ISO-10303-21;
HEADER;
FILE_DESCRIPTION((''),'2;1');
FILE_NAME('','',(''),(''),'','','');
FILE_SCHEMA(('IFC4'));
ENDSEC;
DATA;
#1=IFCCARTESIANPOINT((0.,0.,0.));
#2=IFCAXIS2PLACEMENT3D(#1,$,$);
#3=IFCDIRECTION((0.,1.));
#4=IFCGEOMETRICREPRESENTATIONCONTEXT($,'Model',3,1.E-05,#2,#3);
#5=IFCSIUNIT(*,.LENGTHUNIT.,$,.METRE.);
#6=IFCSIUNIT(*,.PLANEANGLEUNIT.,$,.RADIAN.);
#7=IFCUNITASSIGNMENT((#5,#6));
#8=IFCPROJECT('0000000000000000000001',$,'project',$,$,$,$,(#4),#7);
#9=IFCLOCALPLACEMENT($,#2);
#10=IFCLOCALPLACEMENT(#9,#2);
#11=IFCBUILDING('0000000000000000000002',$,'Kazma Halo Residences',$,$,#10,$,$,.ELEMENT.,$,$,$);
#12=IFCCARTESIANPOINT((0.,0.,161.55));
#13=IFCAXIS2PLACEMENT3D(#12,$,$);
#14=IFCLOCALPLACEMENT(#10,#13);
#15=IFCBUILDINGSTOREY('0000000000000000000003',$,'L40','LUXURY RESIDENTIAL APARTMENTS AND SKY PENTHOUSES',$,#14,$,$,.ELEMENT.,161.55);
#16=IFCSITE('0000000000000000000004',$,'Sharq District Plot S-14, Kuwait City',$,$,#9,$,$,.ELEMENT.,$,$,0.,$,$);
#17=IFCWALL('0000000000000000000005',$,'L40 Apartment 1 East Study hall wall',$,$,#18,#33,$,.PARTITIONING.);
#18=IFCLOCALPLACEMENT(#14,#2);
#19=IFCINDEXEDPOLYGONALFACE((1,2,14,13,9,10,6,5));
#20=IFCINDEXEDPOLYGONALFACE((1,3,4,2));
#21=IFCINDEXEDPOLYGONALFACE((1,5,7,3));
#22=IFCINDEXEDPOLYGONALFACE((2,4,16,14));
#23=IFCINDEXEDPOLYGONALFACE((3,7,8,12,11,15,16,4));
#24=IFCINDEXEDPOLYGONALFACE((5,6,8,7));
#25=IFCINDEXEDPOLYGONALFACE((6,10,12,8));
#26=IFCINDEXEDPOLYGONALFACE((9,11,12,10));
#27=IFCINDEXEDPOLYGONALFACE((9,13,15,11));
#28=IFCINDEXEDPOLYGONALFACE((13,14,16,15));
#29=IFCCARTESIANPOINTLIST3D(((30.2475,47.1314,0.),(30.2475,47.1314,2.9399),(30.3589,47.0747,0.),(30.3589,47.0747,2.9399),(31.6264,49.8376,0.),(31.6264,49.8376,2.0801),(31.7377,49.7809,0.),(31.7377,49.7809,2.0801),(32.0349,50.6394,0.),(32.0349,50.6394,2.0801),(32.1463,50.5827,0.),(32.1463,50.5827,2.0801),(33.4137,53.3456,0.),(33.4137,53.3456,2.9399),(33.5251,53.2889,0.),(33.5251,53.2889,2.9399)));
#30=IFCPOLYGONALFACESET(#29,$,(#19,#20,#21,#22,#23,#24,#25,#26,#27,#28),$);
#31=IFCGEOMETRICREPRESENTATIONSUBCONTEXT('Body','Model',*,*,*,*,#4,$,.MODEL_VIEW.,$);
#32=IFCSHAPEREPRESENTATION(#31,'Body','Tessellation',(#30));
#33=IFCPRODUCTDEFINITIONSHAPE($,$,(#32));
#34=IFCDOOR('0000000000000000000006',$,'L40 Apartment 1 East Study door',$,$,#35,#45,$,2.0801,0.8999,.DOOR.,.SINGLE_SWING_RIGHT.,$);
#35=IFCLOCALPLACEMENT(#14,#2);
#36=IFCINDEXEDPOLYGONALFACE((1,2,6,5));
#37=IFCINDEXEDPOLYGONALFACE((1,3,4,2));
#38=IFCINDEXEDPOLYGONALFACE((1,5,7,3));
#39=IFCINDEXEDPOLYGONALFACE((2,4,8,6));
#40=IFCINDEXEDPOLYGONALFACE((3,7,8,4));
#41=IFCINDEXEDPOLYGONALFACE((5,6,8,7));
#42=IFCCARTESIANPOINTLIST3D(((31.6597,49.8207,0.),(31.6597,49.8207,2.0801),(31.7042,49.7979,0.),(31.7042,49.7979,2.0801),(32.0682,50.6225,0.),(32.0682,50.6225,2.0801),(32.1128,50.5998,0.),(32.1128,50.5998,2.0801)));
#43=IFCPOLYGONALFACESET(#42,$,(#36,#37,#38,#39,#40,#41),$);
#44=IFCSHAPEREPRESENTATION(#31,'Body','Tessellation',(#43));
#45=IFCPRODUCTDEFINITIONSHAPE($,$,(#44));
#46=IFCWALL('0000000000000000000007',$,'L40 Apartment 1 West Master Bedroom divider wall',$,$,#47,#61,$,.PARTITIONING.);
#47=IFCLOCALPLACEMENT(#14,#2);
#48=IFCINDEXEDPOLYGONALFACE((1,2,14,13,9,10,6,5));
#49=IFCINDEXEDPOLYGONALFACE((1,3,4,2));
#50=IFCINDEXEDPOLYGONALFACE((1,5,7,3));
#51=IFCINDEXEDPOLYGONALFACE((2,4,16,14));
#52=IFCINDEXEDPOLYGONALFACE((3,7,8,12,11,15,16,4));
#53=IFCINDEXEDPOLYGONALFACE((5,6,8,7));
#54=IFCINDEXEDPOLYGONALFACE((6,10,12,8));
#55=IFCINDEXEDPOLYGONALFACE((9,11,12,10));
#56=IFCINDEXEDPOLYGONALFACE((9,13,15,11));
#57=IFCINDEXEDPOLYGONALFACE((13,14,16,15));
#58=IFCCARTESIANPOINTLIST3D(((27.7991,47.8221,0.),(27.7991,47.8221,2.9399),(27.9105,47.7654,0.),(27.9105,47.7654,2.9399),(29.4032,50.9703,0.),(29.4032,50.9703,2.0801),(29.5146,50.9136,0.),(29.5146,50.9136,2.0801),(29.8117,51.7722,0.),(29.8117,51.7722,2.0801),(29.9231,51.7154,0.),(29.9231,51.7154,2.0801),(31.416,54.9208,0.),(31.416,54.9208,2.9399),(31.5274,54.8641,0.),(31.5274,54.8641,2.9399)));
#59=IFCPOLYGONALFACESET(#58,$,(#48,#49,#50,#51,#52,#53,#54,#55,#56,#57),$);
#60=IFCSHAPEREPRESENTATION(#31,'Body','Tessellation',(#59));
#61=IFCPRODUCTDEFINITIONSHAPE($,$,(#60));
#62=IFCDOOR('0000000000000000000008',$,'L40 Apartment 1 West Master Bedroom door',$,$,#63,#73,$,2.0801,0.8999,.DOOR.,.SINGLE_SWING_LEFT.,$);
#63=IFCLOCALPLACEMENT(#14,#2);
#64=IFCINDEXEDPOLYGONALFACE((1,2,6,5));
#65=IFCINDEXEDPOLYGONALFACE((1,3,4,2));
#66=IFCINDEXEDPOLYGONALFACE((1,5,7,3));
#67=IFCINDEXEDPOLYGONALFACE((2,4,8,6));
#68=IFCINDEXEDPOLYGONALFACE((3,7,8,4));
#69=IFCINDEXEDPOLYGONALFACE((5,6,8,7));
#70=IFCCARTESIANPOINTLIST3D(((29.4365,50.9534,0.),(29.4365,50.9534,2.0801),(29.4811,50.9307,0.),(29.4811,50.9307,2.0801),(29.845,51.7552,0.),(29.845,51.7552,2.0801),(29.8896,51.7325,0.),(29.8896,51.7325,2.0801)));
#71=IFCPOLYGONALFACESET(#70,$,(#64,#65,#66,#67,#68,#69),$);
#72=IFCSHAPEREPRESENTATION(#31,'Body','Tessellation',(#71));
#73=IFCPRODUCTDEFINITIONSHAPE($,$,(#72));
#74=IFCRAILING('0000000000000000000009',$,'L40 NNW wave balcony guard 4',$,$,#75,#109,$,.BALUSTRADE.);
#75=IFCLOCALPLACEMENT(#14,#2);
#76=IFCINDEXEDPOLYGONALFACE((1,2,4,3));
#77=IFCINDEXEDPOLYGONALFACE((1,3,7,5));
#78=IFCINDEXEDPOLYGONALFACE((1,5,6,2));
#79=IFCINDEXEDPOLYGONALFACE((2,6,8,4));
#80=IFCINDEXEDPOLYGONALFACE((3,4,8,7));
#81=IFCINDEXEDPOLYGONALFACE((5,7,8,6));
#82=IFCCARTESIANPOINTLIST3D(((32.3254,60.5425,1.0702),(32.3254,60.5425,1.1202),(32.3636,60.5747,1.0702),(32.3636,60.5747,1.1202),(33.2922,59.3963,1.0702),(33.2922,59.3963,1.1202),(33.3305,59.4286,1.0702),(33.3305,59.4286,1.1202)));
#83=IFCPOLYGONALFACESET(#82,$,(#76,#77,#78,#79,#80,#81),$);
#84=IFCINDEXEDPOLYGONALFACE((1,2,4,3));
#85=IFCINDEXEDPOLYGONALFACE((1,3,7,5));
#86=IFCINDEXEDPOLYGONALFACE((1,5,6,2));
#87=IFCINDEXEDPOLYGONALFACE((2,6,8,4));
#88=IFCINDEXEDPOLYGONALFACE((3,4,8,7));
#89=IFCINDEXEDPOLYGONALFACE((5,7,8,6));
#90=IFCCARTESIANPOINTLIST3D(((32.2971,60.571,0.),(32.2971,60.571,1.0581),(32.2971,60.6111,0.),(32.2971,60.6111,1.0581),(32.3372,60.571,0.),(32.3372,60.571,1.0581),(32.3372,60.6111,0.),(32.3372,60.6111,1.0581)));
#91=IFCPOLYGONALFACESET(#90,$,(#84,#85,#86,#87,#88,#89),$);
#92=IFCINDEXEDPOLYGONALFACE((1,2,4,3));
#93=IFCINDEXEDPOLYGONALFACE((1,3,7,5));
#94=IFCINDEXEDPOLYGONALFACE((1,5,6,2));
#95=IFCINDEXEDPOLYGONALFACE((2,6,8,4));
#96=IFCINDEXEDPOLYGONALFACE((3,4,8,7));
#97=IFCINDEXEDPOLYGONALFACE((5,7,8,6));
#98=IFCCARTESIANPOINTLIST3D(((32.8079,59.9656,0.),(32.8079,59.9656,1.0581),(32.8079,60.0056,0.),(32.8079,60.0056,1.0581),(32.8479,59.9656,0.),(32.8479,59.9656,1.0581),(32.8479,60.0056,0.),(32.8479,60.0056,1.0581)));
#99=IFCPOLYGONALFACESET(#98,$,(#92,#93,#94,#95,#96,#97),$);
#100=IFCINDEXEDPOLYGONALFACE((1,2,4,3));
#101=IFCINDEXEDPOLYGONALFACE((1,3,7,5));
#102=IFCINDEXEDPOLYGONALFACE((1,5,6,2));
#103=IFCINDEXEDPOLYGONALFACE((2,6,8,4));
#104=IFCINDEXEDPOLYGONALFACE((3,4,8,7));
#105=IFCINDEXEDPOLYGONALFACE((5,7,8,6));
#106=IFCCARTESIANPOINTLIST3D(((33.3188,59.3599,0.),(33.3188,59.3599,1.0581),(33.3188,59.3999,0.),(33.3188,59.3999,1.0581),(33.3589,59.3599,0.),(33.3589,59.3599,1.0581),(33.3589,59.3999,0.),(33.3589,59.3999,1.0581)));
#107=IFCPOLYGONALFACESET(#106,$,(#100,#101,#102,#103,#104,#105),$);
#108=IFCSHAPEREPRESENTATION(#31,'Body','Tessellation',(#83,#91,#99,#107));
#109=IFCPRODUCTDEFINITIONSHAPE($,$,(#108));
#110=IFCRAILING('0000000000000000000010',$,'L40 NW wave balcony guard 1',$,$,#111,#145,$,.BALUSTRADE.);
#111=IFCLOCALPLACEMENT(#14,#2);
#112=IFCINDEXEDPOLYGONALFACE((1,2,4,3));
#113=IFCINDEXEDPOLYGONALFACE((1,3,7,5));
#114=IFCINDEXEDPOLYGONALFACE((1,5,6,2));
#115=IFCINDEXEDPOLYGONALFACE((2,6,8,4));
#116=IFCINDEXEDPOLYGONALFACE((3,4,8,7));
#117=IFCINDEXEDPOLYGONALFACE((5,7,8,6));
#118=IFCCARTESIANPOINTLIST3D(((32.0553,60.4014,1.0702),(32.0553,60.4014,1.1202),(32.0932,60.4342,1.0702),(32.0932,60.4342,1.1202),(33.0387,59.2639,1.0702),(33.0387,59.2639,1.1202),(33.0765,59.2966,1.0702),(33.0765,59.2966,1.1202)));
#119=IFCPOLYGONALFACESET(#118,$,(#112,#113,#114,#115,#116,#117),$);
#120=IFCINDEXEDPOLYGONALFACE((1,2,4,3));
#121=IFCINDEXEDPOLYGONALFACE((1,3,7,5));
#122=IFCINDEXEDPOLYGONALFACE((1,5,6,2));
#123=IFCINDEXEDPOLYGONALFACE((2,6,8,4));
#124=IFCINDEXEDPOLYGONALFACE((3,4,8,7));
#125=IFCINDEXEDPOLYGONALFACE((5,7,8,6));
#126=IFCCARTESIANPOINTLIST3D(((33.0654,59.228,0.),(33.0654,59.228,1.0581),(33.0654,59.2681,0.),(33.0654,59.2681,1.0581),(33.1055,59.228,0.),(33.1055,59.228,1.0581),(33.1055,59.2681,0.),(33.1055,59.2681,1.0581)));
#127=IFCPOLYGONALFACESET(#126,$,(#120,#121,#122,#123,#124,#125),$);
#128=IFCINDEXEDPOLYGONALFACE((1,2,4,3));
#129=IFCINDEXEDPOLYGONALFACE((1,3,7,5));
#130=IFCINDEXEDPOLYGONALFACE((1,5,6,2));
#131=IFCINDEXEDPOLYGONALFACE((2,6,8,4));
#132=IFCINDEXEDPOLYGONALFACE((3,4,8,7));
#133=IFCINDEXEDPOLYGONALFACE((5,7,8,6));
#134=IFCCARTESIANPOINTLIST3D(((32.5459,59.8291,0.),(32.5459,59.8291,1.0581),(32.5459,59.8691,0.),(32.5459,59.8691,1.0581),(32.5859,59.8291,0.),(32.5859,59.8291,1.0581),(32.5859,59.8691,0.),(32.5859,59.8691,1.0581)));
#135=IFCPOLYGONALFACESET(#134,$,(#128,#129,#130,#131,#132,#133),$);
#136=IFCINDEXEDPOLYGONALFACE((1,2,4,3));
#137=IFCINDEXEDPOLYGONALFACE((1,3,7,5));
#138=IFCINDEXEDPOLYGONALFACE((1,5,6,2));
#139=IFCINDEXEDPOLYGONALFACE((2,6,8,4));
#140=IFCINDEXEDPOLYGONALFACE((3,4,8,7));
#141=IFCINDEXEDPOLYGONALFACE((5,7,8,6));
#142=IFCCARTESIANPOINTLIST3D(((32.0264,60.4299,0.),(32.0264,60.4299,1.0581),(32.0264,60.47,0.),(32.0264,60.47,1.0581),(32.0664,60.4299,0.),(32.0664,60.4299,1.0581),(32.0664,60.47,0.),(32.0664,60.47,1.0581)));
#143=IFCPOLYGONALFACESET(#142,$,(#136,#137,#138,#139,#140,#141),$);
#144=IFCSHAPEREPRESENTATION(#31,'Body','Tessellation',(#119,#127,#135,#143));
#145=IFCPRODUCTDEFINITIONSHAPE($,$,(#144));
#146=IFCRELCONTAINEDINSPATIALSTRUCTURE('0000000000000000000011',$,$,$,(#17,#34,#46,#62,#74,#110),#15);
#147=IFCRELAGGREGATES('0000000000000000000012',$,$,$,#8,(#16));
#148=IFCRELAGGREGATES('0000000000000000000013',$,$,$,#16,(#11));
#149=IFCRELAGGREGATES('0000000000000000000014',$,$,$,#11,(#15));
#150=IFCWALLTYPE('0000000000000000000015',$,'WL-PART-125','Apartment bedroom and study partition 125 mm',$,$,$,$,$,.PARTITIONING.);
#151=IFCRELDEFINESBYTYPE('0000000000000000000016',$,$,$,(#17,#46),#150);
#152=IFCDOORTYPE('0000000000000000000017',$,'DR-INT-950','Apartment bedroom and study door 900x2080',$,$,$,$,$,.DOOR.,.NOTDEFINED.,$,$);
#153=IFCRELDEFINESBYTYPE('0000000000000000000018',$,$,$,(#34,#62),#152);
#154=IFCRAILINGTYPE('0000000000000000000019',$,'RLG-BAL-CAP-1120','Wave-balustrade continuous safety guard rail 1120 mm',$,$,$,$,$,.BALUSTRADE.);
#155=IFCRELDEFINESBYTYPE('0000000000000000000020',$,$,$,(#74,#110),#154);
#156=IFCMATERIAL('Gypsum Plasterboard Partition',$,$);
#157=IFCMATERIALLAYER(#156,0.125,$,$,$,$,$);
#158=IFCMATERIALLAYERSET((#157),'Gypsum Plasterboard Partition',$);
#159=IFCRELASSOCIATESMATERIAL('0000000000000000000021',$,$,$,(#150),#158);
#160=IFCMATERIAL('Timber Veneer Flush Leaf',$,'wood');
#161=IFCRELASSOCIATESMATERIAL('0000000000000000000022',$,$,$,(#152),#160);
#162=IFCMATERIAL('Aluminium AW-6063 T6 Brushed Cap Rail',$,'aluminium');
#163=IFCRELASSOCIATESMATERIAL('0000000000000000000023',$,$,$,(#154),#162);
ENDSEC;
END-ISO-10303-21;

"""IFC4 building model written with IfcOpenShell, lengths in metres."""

from ifc_helpers import new_model, si_unit, direction, frame, frame_2d, origin, origin_2d, place, context, subcontext, project, spatial, rectangle, extrude, material, layer, layer_set, type_object, element, fill, save


model = new_model("IFC4")

# Units and contexts
model_context = context("Model", 3, precision=1e-05, world=origin(), true_north=direction((0.0, 1.0)))
body_context = subcontext(model_context, "Body", "Model", "MODEL_VIEW")
ifc_project = project(units=[si_unit("LENGTHUNIT", "METRE"), si_unit("PLANEANGLEUNIT", "RADIAN")], contexts=[model_context])

# Site, building, storey
site_placement = place(None, origin())
site = spatial("IfcSite", under=ifc_project, at=site_placement, Name="Sharq District Plot S-14, Kuwait City", CompositionType="ELEMENT", RefElevation=0.0)
building_placement = place(site_placement, origin())
building = spatial("IfcBuilding", under=site, at=building_placement, Name="Kazma Halo Residences", CompositionType="ELEMENT")
storey_placement = place(building_placement, frame((0.0, 0.0, 161.55)))
storey = spatial("IfcBuildingStorey", under=building, at=storey_placement, Name="L40", Description="LUXURY RESIDENTIAL APARTMENTS AND SKY PENTHOUSES", CompositionType="ELEMENT", Elevation=161.55)

# Shared definitions
ifc_material_1 = material(Name="Gypsum Plasterboard Partition")
ifc_layer_1 = layer(ifc_material_1, 0.125)
ifc_layer_set_1 = layer_set([ifc_layer_1], Name="Gypsum Plasterboard Partition")
wall_type_1 = type_object("IfcWallType", Name="WL-PART-125", Description="Apartment bedroom and study partition 125 mm", PredefinedType="PARTITIONING", material=ifc_layer_set_1)

# Walls, openings, doors
wall_1_placement = place(storey_placement, frame((33.4695, 53.3174, 0.0), z_axis=(0.0, 0.0, 1.0), x_axis=(-0.453978, -0.891013, 0.0)))
wall_1 = element("IfcWall", 1, at=wall_1_placement, inside=storey, type_object=wall_type_1, Name="L40 Apartment 1 East Study hall wall", PredefinedType="PARTITIONING", context=body_context, shape_type="SweptSolid", body=[
    extrude(rectangle(XDim=6.9744, YDim=0.125, at=frame_2d((3.4873, 0.0))), origin(), (0.0, 0.0, 1.0), 2.9399),
])
opening_1_placement = place(wall_1_placement, frame((3.0374, 0.0, 0.0)))
opening_1 = element("IfcOpeningElement", 2, at=opening_1_placement, cuts=wall_1, PredefinedType="OPENING", context=body_context, shape_type="SweptSolid", body=[
    extrude(rectangle(XDim=0.8999, YDim=2.0801, at=frame_2d((0.45, 1.04))), frame((0.0, 0.0725, 0.0), z_axis=(0.0, -1.0, 0.0), x_axis=(1.0, 0.0, 0.0)), (0.0, 0.0, 1.0), 0.145),
])
ifc_material_2 = material(Name="Timber Veneer Flush Leaf", Category="wood")
door_type_1 = type_object("IfcDoorType", Name="DR-INT-950", Description="Apartment bedroom and study door 900x2080", OperationType="NOTDEFINED", PredefinedType="DOOR", material=ifc_material_2)
door_1_placement = place(opening_1_placement, origin())
door_1 = element("IfcDoor", 3, at=door_1_placement, inside=storey, type_object=door_type_1, Name="L40 Apartment 1 East Study door", OperationType="SINGLE_SWING_RIGHT", OverallHeight=2.0801, OverallWidth=0.8999, PredefinedType="DOOR", context=body_context, shape_type="SweptSolid", body=[
    extrude(rectangle(XDim=0.8999, YDim=2.0801, at=frame_2d((0.45, 1.04))), frame((0.0, 0.0249, 0.0), z_axis=(0.0, -1.0, 0.0), x_axis=(1.0, 0.0, 0.0)), (0.0, 0.0, 1.0), 0.05),
])
fill(opening_1, door_1)
wall_2_placement = place(storey_placement, frame((31.4717, 54.8923, 0.0), z_axis=(0.0, 0.0, 1.0), x_axis=(-0.453991, -0.891006, 0.0)))
wall_2 = element("IfcWall", 4, at=wall_2_placement, inside=storey, type_object=wall_type_1, Name="L40 Apartment 1 West Master Bedroom divider wall", PredefinedType="PARTITIONING", context=body_context, shape_type="SweptSolid", body=[
    extrude(rectangle(XDim=7.967, YDim=0.125, at=frame_2d((3.9834, 0.0))), origin(), (0.0, 0.0, 1.0), 2.9399),
])
opening_2_placement = place(wall_2_placement, frame((3.5337, 0.0, 0.0)))
opening_2 = element("IfcOpeningElement", 5, at=opening_2_placement, cuts=wall_2, PredefinedType="OPENING", context=body_context, shape_type="SweptSolid", body=[
    extrude(rectangle(XDim=0.8999, YDim=2.0801, at=frame_2d((0.45, 1.04))), frame((0.0, 0.0725, 0.0), z_axis=(0.0, -1.0, 0.0), x_axis=(1.0, 0.0, 0.0)), (0.0, 0.0, 1.0), 0.145),
])
door_2_placement = place(opening_2_placement, origin())
door_2 = element("IfcDoor", 6, at=door_2_placement, inside=storey, type_object=door_type_1, Name="L40 Apartment 1 West Master Bedroom door", OperationType="SINGLE_SWING_LEFT", OverallHeight=2.0801, OverallWidth=0.8999, PredefinedType="DOOR", context=body_context, shape_type="SweptSolid", body=[
    extrude(rectangle(XDim=0.8999, YDim=2.0801, at=frame_2d((0.45, 1.04))), frame((0.0, 0.0249, 0.0), z_axis=(0.0, -1.0, 0.0), x_axis=(1.0, 0.0, 0.0)), (0.0, 0.0, 1.0), 0.05),
])
fill(opening_2, door_2)

# Railings
ifc_material_3 = material(Name="Aluminium AW-6063 T6 Brushed Cap Rail", Category="aluminium")
railing_type = type_object("IfcRailingType", Name="RLG-BAL-CAP-1120", Description="Wave-balustrade continuous safety guard rail 1120 mm", PredefinedType="BALUSTRADE", material=ifc_material_3)
railing_1_placement = place(storey_placement, frame((32.3171, 60.5911, 0.0)))
element("IfcRailing", 7, at=railing_1_placement, inside=storey, type_object=railing_type, Name="L40 NNW wave balcony guard 4", PredefinedType="BALUSTRADE", context=body_context, shape_type="SweptSolid", body=[
    extrude(rectangle(XDim=0.05, YDim=0.05, at=origin_2d()), frame((0.0273, -0.0325, 1.0952), z_axis=(0.644795, -0.764356, 0.0), x_axis=(0.764356, 0.644795, 0.0)), (0.0, 0.0, 1.0), 1.4995),
    extrude(rectangle(XDim=0.04, YDim=0.04, at=origin_2d()), origin(), (0.0, 0.0, 1.0), 1.0581),
    extrude(rectangle(XDim=0.04, YDim=0.04, at=origin_2d()), frame((0.5107, -0.6055, 0.0)), (0.0, 0.0, 1.0), 1.0581),
    extrude(rectangle(XDim=0.04, YDim=0.04, at=origin_2d()), frame((1.0217, -1.2112, 0.0)), (0.0, 0.0, 1.0), 1.0581),
])
railing_2_placement = place(storey_placement, frame((33.0854, 59.248, 0.0)))
element("IfcRailing", 8, at=railing_2_placement, inside=storey, type_object=railing_type, Name="L40 NW wave balcony guard 1", PredefinedType="BALUSTRADE", context=body_context, shape_type="SweptSolid", body=[
    extrude(rectangle(XDim=0.05, YDim=0.05, at=origin_2d()), frame((-0.0278, 0.0322, 1.0952), z_axis=(-0.654, 0.756495, 0.0), x_axis=(-0.756495, -0.654, 0.0)), (0.0, 0.0, 1.0), 1.5037),
    extrude(rectangle(XDim=0.04, YDim=0.04, at=origin_2d()), origin(), (0.0, 0.0, 1.0), 1.0581),
    extrude(rectangle(XDim=0.04, YDim=0.04, at=origin_2d()), frame((-0.5195, 0.6011, 0.0)), (0.0, 0.0, 1.0), 1.0581),
    extrude(rectangle(XDim=0.04, YDim=0.04, at=origin_2d()), frame((-1.0391, 1.2019, 0.0)), (0.0, 0.0, 1.0), 1.0581),
])

save(model, "model.ifc")
